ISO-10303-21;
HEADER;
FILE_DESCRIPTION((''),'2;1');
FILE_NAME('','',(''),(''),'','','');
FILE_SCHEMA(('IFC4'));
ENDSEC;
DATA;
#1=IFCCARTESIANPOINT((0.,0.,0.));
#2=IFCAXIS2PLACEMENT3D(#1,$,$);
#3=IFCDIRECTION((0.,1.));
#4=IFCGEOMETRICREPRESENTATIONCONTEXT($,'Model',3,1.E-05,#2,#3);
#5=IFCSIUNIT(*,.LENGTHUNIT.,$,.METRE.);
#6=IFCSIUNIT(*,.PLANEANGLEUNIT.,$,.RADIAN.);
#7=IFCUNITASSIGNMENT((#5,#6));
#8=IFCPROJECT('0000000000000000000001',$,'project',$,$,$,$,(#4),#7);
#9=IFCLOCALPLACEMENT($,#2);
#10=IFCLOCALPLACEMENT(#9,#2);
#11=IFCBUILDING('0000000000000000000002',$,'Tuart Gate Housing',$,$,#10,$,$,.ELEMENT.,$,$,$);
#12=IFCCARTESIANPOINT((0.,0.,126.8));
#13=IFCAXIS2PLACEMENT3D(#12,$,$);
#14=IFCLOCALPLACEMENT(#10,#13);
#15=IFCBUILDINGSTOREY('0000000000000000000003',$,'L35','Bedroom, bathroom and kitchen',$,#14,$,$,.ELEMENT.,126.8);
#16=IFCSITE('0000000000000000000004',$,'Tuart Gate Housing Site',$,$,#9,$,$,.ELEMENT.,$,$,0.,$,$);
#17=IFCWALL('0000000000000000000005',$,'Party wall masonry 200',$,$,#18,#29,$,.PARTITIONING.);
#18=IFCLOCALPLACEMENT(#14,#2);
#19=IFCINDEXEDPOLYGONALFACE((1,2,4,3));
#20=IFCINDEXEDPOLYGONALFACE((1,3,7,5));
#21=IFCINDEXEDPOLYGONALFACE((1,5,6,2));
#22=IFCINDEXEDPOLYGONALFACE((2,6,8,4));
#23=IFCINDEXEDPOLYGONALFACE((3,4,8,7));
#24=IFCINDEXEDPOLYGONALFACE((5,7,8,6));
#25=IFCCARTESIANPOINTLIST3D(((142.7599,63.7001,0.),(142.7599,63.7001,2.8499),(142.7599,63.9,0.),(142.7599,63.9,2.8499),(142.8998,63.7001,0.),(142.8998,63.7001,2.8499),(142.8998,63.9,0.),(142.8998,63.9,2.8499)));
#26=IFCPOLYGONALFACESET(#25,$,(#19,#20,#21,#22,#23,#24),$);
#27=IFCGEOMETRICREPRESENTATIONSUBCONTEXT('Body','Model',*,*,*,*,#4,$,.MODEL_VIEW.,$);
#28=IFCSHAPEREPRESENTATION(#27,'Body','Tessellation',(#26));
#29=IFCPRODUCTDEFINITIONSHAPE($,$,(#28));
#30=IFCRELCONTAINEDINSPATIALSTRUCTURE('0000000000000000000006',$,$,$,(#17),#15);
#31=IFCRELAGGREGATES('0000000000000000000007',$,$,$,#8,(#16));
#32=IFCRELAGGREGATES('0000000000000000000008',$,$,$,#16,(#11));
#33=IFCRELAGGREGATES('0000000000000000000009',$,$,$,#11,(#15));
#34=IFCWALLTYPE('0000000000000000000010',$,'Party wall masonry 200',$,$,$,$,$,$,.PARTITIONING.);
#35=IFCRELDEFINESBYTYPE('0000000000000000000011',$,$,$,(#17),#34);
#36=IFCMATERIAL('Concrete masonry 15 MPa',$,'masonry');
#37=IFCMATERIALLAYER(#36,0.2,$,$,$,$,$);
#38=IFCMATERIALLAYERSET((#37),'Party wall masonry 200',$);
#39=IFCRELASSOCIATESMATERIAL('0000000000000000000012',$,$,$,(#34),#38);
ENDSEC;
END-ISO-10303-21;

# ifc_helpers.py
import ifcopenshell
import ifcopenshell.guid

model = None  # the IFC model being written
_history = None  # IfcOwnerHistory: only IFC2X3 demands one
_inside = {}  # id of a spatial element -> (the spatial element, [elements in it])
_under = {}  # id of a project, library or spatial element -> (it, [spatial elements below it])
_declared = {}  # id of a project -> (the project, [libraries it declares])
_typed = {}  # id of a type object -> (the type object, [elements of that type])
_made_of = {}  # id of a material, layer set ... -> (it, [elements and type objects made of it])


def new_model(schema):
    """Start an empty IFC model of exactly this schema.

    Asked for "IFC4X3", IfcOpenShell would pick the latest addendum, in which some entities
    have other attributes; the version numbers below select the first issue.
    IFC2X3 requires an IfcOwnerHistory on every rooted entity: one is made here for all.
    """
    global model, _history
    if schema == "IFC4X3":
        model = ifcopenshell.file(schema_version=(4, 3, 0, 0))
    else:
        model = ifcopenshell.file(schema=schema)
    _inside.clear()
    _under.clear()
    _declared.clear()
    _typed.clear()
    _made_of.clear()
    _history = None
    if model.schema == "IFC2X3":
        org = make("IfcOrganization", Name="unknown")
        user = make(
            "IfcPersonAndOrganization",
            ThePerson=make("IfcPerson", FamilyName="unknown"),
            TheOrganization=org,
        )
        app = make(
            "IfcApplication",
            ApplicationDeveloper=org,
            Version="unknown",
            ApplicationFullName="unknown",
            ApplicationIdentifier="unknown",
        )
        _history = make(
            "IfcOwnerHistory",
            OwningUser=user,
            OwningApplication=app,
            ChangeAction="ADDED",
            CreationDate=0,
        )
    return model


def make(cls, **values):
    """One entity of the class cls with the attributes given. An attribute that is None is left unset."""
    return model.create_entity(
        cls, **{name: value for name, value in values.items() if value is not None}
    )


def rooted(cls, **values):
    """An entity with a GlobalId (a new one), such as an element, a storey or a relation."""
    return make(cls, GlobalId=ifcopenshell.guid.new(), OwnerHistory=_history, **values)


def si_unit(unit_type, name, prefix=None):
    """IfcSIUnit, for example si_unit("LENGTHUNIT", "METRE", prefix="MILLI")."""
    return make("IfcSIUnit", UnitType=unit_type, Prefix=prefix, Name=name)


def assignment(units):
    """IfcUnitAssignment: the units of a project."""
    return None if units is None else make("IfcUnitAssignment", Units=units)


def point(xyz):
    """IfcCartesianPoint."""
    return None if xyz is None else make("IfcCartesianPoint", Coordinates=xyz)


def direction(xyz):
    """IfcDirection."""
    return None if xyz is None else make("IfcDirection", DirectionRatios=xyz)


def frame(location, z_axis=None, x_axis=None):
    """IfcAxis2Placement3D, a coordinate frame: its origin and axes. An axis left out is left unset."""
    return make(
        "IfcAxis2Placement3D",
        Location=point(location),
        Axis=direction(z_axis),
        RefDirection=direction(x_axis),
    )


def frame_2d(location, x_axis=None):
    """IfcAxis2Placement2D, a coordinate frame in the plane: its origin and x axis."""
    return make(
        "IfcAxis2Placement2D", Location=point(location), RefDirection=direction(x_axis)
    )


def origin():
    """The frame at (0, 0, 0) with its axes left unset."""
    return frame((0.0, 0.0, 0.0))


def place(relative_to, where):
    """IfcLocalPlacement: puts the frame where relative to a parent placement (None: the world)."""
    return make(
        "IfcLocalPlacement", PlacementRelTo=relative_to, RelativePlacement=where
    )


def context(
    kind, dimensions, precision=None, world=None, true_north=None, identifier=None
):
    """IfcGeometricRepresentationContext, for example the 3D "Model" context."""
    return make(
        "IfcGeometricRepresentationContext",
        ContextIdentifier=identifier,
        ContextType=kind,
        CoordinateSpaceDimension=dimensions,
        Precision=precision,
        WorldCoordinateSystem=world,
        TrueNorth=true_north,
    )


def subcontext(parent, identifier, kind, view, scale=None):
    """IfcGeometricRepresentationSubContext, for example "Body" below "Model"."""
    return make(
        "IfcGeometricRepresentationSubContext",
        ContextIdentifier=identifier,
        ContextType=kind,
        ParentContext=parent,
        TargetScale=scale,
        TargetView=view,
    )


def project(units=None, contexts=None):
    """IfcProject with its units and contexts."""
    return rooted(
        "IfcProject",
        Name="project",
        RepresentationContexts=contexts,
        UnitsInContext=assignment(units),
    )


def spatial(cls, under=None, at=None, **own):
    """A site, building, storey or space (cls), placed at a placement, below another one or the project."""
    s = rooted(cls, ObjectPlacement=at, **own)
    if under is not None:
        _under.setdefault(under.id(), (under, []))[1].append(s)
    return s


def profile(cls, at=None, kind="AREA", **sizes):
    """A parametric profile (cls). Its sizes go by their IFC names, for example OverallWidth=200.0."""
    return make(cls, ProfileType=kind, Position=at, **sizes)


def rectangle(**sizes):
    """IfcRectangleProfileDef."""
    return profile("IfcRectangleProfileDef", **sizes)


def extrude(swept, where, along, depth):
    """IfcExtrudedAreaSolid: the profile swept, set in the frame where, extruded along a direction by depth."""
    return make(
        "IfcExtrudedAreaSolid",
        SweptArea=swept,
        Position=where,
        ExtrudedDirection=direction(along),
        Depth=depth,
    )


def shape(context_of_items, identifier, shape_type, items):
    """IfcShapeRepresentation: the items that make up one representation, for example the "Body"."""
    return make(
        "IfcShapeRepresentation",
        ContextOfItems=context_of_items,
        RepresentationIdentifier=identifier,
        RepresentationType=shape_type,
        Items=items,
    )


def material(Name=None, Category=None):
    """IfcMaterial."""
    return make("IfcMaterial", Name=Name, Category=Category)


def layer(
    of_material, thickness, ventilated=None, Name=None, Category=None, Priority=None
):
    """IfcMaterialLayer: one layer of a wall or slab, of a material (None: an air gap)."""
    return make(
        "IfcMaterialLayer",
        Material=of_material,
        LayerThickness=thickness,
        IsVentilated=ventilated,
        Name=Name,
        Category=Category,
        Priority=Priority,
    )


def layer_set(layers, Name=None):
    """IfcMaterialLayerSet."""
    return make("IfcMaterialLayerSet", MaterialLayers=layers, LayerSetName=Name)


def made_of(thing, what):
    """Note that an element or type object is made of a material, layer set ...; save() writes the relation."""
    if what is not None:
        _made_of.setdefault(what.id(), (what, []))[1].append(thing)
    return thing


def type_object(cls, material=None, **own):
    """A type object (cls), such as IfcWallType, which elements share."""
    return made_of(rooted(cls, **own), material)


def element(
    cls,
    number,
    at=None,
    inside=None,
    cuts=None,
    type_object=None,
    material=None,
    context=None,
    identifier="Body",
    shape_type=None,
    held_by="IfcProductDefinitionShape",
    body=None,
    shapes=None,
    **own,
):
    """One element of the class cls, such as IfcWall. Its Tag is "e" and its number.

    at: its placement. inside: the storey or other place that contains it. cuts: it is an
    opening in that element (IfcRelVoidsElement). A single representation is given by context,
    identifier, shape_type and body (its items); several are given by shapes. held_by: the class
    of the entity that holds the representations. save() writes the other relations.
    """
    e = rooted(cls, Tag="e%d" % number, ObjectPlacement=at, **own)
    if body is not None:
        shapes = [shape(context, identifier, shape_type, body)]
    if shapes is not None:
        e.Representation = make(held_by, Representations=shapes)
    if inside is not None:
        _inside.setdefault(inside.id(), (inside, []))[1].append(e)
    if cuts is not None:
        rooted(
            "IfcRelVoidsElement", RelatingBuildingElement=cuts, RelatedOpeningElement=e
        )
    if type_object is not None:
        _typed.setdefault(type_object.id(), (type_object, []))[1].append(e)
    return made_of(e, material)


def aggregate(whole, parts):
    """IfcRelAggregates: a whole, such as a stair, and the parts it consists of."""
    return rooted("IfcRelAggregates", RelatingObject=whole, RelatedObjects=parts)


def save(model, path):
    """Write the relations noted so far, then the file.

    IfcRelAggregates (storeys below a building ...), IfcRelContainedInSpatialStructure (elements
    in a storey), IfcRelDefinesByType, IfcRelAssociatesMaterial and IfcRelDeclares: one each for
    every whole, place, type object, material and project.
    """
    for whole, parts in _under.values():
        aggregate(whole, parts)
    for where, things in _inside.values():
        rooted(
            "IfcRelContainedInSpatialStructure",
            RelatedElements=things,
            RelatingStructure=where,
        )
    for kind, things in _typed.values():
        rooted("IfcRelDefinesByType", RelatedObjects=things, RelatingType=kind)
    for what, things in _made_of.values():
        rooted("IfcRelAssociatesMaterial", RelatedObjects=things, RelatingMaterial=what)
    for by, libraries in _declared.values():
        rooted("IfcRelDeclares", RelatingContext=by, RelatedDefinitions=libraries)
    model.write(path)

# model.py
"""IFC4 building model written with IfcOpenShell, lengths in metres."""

from ifc_helpers import new_model, si_unit, direction, frame, frame_2d, origin, place, context, subcontext, project, spatial, rectangle, extrude, material, layer, layer_set, type_object, element, save


model = new_model("IFC4")

# Units and contexts
model_context = context("Model", 3, precision=1e-05, world=origin(), true_north=direction((0.0, 1.0)))
body_context = subcontext(model_context, "Body", "Model", "MODEL_VIEW")
ifc_project = project(units=[si_unit("LENGTHUNIT", "METRE"), si_unit("PLANEANGLEUNIT", "RADIAN")], contexts=[model_context])

# Site, building, storey
site_placement = place(None, origin())
site = spatial("IfcSite", under=ifc_project, at=site_placement, Name="Tuart Gate Housing Site", CompositionType="ELEMENT", RefElevation=0.0)
building_placement = place(site_placement, origin())
building = spatial("IfcBuilding", under=site, at=building_placement, Name="Tuart Gate Housing", CompositionType="ELEMENT")
storey_placement = place(building_placement, frame((0.0, 0.0, 126.8)))
storey = spatial("IfcBuildingStorey", under=building, at=storey_placement, Name="L35", Description="Bedroom, bathroom and kitchen", CompositionType="ELEMENT", Elevation=126.8)

# Wall
ifc_material_1 = material(Name="Concrete masonry 15 MPa", Category="masonry")
ifc_layer_1 = layer(ifc_material_1, 0.2)
ifc_layer_set_1 = layer_set([ifc_layer_1], Name="Party wall masonry 200")
wall_type_1 = type_object("IfcWallType", Name="Party wall masonry 200", PredefinedType="PARTITIONING", material=ifc_layer_set_1)
wall_1_placement = place(storey_placement, frame((142.76, 63.8, 0.0), z_axis=(0.0, 0.0, 1.0), x_axis=(1.0, 0.0, 0.0)))
element("IfcWall", 1, at=wall_1_placement, inside=storey, type_object=wall_type_1, Name="Party wall masonry 200", PredefinedType="PARTITIONING", context=body_context, shape_type="SweptSolid", body=[
    extrude(rectangle(XDim=0.1399, YDim=0.2, at=frame_2d((0.0698, 0.0))), origin(), (0.0, 0.0, 1.0), 2.8499),
])

save(model, "model.ifc")
